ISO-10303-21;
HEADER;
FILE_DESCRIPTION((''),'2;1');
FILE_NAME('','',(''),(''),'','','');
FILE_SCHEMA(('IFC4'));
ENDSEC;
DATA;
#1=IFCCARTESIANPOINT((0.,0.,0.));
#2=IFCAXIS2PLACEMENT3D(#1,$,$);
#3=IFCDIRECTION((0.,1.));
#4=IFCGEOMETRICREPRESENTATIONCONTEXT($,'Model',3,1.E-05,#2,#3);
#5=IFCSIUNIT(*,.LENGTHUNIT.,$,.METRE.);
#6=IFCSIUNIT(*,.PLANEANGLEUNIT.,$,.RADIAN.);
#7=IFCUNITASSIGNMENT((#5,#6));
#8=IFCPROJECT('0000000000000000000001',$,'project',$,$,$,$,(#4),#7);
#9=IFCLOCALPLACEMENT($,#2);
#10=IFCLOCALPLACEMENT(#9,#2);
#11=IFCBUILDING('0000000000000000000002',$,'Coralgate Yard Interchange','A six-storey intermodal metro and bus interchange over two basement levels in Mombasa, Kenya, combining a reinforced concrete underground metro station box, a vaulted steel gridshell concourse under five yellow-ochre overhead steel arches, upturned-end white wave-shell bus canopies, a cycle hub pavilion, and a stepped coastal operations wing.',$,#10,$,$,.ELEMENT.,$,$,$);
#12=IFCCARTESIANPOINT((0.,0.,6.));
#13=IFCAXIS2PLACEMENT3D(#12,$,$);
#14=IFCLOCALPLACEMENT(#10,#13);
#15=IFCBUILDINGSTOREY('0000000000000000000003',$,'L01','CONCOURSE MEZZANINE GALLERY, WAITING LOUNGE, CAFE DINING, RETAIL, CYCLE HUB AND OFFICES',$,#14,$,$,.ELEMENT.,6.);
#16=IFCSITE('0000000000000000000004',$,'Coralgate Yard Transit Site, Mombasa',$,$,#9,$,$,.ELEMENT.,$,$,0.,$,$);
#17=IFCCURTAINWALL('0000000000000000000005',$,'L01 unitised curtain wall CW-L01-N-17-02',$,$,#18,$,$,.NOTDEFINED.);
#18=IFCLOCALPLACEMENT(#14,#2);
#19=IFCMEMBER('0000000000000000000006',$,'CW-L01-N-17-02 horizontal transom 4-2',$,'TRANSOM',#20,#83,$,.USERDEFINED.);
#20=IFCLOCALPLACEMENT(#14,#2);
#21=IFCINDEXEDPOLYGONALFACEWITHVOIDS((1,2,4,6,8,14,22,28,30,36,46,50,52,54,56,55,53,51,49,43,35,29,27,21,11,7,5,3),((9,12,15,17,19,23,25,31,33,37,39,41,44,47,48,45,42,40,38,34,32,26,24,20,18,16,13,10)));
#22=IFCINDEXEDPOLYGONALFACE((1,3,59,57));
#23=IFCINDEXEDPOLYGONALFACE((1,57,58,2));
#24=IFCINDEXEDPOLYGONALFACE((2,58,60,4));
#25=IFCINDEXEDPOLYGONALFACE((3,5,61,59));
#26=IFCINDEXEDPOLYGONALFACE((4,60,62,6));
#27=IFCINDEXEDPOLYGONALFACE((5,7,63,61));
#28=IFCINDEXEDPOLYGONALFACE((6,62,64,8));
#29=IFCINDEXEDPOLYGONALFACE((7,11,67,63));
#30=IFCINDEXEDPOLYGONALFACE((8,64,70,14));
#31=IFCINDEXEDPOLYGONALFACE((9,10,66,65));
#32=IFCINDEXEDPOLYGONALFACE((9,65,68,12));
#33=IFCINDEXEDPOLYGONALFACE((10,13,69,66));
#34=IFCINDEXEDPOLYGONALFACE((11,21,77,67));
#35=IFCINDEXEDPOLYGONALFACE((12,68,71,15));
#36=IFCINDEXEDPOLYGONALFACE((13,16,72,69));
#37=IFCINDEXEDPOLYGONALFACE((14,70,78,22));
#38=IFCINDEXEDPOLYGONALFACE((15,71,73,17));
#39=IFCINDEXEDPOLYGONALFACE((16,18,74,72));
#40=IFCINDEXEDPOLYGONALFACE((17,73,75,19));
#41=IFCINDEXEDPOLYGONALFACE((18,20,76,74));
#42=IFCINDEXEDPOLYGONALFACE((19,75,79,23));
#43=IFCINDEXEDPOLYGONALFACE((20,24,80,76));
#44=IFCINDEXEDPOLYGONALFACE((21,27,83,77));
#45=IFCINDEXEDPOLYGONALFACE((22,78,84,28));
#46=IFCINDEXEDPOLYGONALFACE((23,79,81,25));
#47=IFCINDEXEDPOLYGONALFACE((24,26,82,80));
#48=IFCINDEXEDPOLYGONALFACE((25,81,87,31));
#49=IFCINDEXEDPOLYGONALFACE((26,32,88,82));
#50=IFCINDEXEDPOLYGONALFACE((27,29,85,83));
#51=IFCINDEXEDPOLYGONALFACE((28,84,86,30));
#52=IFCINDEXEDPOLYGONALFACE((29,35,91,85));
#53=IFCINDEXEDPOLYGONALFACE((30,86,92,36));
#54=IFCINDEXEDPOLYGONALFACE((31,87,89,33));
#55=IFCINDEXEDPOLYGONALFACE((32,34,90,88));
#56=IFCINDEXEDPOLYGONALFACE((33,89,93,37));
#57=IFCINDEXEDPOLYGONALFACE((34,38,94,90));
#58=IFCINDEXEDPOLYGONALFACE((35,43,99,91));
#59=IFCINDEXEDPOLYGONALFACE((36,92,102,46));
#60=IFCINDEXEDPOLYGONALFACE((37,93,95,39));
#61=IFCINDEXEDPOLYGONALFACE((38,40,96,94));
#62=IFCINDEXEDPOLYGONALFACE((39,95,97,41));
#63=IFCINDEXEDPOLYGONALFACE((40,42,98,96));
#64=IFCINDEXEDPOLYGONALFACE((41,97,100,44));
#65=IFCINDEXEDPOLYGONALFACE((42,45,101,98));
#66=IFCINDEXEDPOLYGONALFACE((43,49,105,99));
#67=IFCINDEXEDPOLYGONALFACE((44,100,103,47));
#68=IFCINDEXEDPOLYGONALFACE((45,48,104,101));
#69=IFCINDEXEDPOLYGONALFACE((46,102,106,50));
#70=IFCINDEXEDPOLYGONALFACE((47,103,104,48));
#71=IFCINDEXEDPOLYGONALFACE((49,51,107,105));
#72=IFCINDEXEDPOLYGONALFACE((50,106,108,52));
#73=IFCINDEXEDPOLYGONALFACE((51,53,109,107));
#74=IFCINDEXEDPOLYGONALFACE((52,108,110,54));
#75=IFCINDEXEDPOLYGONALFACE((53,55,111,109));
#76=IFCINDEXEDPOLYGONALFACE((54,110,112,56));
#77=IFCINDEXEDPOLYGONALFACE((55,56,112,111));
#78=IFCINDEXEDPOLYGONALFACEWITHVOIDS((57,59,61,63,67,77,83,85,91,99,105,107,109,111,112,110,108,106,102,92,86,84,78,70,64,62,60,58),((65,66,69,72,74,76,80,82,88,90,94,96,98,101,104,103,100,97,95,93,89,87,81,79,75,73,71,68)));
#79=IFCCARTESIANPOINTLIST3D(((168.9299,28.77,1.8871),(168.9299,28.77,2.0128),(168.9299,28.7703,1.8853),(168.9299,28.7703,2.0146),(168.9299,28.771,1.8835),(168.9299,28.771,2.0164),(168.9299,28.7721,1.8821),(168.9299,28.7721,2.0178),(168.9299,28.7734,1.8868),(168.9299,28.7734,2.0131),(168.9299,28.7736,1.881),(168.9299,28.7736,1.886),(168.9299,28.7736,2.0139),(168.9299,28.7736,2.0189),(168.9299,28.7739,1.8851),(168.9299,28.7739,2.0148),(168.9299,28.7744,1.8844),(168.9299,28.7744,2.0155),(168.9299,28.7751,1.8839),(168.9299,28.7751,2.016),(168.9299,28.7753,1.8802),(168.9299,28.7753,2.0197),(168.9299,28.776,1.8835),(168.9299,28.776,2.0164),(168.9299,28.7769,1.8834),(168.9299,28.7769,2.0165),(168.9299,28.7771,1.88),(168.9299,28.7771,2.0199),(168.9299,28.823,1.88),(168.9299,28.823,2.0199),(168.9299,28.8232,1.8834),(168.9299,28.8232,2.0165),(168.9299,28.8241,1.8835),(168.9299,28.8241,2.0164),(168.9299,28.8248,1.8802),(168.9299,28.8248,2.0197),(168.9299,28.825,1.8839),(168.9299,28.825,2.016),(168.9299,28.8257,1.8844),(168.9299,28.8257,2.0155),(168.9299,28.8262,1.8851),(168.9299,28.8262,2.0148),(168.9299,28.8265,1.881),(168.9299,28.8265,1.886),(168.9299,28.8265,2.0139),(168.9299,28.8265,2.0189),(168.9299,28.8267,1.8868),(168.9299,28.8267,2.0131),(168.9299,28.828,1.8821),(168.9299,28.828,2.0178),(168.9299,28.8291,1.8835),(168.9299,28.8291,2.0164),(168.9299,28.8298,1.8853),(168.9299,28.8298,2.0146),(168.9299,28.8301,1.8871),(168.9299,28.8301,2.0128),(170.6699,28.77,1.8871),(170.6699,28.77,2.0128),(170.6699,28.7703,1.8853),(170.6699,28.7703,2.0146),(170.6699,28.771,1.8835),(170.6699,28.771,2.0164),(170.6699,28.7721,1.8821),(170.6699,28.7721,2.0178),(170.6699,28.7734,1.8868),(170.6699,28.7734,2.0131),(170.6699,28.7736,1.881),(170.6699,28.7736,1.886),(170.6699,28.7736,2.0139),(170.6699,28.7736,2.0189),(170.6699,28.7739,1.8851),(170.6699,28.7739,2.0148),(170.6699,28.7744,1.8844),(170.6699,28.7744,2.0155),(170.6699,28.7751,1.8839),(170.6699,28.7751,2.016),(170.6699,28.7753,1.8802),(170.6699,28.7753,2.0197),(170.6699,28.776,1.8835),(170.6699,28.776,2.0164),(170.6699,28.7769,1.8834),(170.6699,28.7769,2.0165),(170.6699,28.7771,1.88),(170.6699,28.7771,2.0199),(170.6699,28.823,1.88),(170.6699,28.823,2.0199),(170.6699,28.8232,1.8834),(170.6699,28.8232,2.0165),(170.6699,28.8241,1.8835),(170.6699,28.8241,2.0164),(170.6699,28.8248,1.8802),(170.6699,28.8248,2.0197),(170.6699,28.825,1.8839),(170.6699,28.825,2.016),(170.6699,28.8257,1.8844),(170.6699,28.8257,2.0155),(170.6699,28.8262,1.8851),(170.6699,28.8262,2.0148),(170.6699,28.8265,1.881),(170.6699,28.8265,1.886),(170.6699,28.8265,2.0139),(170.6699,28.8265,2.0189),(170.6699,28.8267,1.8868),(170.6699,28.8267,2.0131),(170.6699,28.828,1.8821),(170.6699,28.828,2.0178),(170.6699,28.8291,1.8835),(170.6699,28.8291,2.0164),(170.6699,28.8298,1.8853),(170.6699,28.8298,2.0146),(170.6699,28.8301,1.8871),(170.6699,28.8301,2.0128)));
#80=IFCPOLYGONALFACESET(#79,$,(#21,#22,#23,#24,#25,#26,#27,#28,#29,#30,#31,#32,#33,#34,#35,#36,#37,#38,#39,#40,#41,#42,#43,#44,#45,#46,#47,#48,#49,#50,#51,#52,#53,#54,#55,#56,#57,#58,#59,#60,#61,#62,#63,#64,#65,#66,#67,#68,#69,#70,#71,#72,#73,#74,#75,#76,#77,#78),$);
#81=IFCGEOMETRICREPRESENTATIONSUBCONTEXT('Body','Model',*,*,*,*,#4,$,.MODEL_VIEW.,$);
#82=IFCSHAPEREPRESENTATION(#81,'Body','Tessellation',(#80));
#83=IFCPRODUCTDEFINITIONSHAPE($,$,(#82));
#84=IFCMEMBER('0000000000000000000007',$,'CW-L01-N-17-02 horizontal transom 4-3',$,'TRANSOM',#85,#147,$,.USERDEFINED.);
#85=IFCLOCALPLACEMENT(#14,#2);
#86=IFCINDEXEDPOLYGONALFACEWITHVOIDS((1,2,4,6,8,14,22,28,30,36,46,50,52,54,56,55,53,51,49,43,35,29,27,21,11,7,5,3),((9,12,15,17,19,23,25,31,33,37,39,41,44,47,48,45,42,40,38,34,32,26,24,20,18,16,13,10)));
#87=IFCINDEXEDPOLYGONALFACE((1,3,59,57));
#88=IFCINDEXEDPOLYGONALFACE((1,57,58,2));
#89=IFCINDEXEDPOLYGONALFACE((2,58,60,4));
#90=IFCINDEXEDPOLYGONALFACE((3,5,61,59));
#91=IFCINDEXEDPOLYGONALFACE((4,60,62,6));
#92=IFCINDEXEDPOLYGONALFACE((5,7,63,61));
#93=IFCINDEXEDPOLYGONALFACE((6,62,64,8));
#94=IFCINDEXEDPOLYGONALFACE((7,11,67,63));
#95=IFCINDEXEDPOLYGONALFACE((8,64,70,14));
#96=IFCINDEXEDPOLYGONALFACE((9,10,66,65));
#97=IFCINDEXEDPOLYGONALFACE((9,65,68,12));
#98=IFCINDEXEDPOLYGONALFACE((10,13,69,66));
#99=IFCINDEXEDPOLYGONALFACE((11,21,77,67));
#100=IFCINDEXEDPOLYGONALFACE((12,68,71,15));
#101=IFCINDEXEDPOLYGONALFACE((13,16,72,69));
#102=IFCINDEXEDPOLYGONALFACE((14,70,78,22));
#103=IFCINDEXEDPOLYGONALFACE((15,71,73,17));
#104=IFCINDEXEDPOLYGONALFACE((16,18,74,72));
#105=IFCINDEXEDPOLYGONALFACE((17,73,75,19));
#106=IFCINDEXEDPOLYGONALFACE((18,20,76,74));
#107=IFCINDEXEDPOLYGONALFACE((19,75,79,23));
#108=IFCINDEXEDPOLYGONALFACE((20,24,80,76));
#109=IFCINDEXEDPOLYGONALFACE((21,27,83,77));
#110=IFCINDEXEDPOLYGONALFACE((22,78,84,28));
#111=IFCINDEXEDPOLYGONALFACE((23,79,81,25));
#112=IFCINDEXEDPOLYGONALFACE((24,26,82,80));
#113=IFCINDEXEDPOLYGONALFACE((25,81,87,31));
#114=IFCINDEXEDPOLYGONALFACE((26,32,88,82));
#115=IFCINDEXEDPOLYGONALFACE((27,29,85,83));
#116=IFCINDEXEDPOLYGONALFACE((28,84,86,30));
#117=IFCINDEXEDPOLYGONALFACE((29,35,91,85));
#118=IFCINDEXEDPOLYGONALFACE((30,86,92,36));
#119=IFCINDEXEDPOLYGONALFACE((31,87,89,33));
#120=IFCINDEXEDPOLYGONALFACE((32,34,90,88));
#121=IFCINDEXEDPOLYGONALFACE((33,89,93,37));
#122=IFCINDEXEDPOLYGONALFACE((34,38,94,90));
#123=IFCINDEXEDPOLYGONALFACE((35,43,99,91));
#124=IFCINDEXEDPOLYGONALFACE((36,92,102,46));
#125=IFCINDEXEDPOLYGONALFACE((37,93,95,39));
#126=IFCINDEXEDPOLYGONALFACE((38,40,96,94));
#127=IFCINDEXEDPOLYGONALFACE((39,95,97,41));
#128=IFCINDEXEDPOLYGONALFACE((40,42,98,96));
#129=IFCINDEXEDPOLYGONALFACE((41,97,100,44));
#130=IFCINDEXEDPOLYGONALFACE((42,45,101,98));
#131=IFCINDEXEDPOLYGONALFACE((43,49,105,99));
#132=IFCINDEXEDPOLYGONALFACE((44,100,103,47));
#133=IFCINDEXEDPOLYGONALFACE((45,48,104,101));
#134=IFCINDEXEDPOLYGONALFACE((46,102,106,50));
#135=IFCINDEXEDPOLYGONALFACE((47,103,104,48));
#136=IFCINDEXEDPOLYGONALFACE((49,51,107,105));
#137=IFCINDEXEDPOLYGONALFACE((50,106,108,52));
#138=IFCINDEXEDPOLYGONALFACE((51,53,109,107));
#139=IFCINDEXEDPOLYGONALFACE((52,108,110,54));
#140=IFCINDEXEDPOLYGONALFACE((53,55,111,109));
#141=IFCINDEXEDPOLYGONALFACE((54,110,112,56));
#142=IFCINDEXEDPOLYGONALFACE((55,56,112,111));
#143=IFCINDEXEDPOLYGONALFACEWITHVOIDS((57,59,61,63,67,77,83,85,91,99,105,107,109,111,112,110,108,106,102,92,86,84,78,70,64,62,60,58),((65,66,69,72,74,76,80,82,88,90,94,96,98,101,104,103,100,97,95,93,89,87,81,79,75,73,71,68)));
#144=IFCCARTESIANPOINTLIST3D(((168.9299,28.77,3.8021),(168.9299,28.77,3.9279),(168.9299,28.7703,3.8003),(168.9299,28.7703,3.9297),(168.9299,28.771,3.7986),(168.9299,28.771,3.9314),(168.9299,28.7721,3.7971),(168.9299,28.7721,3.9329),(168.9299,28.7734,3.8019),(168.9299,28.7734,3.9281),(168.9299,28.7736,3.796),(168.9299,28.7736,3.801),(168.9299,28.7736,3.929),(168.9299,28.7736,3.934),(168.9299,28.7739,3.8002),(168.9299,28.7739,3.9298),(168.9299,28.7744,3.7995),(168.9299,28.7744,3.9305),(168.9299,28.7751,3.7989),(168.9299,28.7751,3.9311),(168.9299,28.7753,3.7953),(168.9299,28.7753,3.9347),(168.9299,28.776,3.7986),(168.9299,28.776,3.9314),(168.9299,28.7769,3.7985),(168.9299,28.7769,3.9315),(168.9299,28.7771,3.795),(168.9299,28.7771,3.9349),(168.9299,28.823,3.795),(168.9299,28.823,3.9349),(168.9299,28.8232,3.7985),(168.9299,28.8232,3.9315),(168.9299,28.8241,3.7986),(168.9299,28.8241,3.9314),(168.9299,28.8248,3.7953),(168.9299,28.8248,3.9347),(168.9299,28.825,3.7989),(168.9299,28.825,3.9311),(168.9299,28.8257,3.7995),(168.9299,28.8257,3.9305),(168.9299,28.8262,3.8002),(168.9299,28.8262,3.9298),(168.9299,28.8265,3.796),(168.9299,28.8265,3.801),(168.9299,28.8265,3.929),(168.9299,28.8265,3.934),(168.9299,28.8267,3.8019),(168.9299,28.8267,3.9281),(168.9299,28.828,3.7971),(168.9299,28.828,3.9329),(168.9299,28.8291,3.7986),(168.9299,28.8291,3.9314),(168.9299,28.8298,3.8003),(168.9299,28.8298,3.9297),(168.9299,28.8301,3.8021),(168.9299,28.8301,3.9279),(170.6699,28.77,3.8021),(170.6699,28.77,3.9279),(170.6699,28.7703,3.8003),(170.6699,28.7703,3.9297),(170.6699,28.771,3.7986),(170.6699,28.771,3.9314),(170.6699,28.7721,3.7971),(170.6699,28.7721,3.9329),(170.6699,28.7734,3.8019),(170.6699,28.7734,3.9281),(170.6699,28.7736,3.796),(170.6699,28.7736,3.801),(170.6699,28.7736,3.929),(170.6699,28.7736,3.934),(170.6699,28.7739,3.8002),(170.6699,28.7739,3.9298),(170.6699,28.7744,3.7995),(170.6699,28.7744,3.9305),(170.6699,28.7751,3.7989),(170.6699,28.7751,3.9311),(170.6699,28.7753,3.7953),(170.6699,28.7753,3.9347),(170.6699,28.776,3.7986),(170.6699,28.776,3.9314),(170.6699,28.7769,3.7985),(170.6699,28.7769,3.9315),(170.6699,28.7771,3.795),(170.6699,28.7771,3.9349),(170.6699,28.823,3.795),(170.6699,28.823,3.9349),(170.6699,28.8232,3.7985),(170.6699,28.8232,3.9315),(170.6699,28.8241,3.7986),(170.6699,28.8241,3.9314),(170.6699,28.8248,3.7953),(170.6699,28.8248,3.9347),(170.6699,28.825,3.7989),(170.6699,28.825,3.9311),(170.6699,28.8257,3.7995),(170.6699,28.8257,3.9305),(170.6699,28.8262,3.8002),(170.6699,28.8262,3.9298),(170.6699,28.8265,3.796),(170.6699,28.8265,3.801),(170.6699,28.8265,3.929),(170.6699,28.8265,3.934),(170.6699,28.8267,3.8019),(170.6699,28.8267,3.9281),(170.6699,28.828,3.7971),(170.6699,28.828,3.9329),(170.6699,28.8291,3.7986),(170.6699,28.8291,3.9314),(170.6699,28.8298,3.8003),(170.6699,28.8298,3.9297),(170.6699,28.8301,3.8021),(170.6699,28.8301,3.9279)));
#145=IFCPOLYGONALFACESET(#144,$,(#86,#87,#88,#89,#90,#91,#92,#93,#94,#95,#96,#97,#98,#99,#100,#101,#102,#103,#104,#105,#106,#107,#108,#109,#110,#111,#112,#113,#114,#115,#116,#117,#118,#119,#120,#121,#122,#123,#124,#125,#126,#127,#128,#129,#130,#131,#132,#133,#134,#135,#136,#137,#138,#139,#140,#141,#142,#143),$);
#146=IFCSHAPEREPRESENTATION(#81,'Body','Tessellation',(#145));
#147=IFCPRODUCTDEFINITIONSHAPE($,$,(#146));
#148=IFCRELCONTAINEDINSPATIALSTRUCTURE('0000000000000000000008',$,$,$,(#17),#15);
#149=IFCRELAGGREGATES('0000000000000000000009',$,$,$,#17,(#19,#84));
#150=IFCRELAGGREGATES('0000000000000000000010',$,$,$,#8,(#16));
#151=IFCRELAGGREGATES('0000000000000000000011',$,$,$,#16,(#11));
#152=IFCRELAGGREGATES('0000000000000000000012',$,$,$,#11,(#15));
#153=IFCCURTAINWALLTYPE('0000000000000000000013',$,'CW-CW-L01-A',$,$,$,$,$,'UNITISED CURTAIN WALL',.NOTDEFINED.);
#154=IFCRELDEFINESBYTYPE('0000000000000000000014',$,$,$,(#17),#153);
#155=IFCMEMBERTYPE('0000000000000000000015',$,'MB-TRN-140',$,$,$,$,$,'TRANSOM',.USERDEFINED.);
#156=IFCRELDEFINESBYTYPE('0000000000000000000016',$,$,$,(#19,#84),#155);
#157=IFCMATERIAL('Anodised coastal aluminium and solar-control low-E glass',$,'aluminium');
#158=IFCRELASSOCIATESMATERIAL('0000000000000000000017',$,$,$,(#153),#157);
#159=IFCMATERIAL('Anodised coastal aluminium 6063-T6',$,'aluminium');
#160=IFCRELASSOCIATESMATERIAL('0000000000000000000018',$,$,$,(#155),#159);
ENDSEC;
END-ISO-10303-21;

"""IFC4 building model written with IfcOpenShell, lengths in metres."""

from ifc_helpers import new_model, si_unit, direction, frame, origin, origin_2d, place, context, subcontext, project, spatial, hollow_rectangle, extrude, material, material_profile, profile_set, type_object, element, aggregate, save


model = new_model("IFC4")

# Units and contexts
model_context = context("Model", 3, precision=1e-05, world=origin(), true_north=direction((0.0, 1.0)))
body_context = subcontext(model_context, "Body", "Model", "MODEL_VIEW")
ifc_project = project(units=[si_unit("LENGTHUNIT", "METRE"), si_unit("PLANEANGLEUNIT", "RADIAN")], contexts=[model_context])

# Site, building, storey
site_placement = place(None, origin())
site = spatial("IfcSite", under=ifc_project, at=site_placement, Name="Coralgate Yard Transit Site, Mombasa", CompositionType="ELEMENT", RefElevation=0.0)
building_placement = place(site_placement, origin())
building = spatial("IfcBuilding", under=site, at=building_placement, Name="Coralgate Yard Interchange", Description="A six-storey intermodal metro and bus interchange over two basement levels in Mombasa, Kenya, combining a reinforced concrete underground metro station box, a vaulted steel gridshell concourse under five yellow-ochre overhead steel arches, upturned-end white wave-shell bus canopies, a cycle hub pavilion, and a stepped coastal operations wing.", CompositionType="ELEMENT")
storey_placement = place(building_placement, frame((0.0, 0.0, 6.0)))
storey = spatial("IfcBuildingStorey", under=building, at=storey_placement, Name="L01", Description="CONCOURSE MEZZANINE GALLERY, WAITING LOUNGE, CAFE DINING, RETAIL, CYCLE HUB AND OFFICES", CompositionType="ELEMENT", Elevation=6.0)

# Curtain wall, members
ifc_material_1 = material(Name="Anodised coastal aluminium and solar-control low-E glass", Category="aluminium")
curtain_wall_type = type_object("IfcCurtainWallType", Name="CW-CW-L01-A", ElementType="UNITISED CURTAIN WALL", PredefinedType="NOTDEFINED", material=ifc_material_1)
curtain_wall_placement = place(storey_placement, origin())
curtain_wall = element("IfcCurtainWall", 1, at=curtain_wall_placement, inside=storey, type_object=curtain_wall_type, Name="L01 unitised curtain wall CW-L01-N-17-02", PredefinedType="NOTDEFINED")
ifc_material_2 = material(Name="Anodised coastal aluminium 6063-T6", Category="aluminium")
ifc_material_profile_1 = material_profile(ifc_material_2, hollow_rectangle(XDim=0.0601, YDim=0.1399, WallThickness=0.0034, InnerFilletRadius=0.0034, OuterFilletRadius=0.0071, at=origin_2d()), Name="ALU 60x140x3.5")
ifc_profile_set_1 = profile_set([ifc_material_profile_1], Name="Anodised coastal aluminium 6063-T6")
member_type_1 = type_object("IfcMemberType", Name="MB-TRN-140", ElementType="TRANSOM", PredefinedType="USERDEFINED", material=ifc_profile_set_1)
member_1_placement = place(storey_placement, frame((168.9299, 28.8, 1.95), z_axis=(1.0, 0.0, 0.0), x_axis=(0.0, 1.0, 0.0)))
member_1 = element("IfcMember", 2, at=member_1_placement, type_object=member_type_1, Name="CW-L01-N-17-02 horizontal transom 4-2", ObjectType="TRANSOM", PredefinedType="USERDEFINED", context=body_context, shape_type="SweptSolid", body=[
    extrude(hollow_rectangle(XDim=0.0601, YDim=0.1399, WallThickness=0.0034, InnerFilletRadius=0.0034, OuterFilletRadius=0.0071, at=origin_2d()), origin(), (0.0, 0.0, 1.0), 1.74),
])
member_2_placement = place(storey_placement, frame((168.9299, 28.8, 3.865), z_axis=(1.0, 0.0, 0.0), x_axis=(0.0, 1.0, 0.0)))
member_2 = element("IfcMember", 3, at=member_2_placement, type_object=member_type_1, Name="CW-L01-N-17-02 horizontal transom 4-3", ObjectType="TRANSOM", PredefinedType="USERDEFINED", context=body_context, shape_type="SweptSolid", body=[
    extrude(hollow_rectangle(XDim=0.0601, YDim=0.1399, WallThickness=0.0034, InnerFilletRadius=0.0034, OuterFilletRadius=0.0071, at=origin_2d()), origin(), (0.0, 0.0, 1.0), 1.74),
])
aggregate(curtain_wall, [member_1, member_2])

save(model, "model.ifc")
